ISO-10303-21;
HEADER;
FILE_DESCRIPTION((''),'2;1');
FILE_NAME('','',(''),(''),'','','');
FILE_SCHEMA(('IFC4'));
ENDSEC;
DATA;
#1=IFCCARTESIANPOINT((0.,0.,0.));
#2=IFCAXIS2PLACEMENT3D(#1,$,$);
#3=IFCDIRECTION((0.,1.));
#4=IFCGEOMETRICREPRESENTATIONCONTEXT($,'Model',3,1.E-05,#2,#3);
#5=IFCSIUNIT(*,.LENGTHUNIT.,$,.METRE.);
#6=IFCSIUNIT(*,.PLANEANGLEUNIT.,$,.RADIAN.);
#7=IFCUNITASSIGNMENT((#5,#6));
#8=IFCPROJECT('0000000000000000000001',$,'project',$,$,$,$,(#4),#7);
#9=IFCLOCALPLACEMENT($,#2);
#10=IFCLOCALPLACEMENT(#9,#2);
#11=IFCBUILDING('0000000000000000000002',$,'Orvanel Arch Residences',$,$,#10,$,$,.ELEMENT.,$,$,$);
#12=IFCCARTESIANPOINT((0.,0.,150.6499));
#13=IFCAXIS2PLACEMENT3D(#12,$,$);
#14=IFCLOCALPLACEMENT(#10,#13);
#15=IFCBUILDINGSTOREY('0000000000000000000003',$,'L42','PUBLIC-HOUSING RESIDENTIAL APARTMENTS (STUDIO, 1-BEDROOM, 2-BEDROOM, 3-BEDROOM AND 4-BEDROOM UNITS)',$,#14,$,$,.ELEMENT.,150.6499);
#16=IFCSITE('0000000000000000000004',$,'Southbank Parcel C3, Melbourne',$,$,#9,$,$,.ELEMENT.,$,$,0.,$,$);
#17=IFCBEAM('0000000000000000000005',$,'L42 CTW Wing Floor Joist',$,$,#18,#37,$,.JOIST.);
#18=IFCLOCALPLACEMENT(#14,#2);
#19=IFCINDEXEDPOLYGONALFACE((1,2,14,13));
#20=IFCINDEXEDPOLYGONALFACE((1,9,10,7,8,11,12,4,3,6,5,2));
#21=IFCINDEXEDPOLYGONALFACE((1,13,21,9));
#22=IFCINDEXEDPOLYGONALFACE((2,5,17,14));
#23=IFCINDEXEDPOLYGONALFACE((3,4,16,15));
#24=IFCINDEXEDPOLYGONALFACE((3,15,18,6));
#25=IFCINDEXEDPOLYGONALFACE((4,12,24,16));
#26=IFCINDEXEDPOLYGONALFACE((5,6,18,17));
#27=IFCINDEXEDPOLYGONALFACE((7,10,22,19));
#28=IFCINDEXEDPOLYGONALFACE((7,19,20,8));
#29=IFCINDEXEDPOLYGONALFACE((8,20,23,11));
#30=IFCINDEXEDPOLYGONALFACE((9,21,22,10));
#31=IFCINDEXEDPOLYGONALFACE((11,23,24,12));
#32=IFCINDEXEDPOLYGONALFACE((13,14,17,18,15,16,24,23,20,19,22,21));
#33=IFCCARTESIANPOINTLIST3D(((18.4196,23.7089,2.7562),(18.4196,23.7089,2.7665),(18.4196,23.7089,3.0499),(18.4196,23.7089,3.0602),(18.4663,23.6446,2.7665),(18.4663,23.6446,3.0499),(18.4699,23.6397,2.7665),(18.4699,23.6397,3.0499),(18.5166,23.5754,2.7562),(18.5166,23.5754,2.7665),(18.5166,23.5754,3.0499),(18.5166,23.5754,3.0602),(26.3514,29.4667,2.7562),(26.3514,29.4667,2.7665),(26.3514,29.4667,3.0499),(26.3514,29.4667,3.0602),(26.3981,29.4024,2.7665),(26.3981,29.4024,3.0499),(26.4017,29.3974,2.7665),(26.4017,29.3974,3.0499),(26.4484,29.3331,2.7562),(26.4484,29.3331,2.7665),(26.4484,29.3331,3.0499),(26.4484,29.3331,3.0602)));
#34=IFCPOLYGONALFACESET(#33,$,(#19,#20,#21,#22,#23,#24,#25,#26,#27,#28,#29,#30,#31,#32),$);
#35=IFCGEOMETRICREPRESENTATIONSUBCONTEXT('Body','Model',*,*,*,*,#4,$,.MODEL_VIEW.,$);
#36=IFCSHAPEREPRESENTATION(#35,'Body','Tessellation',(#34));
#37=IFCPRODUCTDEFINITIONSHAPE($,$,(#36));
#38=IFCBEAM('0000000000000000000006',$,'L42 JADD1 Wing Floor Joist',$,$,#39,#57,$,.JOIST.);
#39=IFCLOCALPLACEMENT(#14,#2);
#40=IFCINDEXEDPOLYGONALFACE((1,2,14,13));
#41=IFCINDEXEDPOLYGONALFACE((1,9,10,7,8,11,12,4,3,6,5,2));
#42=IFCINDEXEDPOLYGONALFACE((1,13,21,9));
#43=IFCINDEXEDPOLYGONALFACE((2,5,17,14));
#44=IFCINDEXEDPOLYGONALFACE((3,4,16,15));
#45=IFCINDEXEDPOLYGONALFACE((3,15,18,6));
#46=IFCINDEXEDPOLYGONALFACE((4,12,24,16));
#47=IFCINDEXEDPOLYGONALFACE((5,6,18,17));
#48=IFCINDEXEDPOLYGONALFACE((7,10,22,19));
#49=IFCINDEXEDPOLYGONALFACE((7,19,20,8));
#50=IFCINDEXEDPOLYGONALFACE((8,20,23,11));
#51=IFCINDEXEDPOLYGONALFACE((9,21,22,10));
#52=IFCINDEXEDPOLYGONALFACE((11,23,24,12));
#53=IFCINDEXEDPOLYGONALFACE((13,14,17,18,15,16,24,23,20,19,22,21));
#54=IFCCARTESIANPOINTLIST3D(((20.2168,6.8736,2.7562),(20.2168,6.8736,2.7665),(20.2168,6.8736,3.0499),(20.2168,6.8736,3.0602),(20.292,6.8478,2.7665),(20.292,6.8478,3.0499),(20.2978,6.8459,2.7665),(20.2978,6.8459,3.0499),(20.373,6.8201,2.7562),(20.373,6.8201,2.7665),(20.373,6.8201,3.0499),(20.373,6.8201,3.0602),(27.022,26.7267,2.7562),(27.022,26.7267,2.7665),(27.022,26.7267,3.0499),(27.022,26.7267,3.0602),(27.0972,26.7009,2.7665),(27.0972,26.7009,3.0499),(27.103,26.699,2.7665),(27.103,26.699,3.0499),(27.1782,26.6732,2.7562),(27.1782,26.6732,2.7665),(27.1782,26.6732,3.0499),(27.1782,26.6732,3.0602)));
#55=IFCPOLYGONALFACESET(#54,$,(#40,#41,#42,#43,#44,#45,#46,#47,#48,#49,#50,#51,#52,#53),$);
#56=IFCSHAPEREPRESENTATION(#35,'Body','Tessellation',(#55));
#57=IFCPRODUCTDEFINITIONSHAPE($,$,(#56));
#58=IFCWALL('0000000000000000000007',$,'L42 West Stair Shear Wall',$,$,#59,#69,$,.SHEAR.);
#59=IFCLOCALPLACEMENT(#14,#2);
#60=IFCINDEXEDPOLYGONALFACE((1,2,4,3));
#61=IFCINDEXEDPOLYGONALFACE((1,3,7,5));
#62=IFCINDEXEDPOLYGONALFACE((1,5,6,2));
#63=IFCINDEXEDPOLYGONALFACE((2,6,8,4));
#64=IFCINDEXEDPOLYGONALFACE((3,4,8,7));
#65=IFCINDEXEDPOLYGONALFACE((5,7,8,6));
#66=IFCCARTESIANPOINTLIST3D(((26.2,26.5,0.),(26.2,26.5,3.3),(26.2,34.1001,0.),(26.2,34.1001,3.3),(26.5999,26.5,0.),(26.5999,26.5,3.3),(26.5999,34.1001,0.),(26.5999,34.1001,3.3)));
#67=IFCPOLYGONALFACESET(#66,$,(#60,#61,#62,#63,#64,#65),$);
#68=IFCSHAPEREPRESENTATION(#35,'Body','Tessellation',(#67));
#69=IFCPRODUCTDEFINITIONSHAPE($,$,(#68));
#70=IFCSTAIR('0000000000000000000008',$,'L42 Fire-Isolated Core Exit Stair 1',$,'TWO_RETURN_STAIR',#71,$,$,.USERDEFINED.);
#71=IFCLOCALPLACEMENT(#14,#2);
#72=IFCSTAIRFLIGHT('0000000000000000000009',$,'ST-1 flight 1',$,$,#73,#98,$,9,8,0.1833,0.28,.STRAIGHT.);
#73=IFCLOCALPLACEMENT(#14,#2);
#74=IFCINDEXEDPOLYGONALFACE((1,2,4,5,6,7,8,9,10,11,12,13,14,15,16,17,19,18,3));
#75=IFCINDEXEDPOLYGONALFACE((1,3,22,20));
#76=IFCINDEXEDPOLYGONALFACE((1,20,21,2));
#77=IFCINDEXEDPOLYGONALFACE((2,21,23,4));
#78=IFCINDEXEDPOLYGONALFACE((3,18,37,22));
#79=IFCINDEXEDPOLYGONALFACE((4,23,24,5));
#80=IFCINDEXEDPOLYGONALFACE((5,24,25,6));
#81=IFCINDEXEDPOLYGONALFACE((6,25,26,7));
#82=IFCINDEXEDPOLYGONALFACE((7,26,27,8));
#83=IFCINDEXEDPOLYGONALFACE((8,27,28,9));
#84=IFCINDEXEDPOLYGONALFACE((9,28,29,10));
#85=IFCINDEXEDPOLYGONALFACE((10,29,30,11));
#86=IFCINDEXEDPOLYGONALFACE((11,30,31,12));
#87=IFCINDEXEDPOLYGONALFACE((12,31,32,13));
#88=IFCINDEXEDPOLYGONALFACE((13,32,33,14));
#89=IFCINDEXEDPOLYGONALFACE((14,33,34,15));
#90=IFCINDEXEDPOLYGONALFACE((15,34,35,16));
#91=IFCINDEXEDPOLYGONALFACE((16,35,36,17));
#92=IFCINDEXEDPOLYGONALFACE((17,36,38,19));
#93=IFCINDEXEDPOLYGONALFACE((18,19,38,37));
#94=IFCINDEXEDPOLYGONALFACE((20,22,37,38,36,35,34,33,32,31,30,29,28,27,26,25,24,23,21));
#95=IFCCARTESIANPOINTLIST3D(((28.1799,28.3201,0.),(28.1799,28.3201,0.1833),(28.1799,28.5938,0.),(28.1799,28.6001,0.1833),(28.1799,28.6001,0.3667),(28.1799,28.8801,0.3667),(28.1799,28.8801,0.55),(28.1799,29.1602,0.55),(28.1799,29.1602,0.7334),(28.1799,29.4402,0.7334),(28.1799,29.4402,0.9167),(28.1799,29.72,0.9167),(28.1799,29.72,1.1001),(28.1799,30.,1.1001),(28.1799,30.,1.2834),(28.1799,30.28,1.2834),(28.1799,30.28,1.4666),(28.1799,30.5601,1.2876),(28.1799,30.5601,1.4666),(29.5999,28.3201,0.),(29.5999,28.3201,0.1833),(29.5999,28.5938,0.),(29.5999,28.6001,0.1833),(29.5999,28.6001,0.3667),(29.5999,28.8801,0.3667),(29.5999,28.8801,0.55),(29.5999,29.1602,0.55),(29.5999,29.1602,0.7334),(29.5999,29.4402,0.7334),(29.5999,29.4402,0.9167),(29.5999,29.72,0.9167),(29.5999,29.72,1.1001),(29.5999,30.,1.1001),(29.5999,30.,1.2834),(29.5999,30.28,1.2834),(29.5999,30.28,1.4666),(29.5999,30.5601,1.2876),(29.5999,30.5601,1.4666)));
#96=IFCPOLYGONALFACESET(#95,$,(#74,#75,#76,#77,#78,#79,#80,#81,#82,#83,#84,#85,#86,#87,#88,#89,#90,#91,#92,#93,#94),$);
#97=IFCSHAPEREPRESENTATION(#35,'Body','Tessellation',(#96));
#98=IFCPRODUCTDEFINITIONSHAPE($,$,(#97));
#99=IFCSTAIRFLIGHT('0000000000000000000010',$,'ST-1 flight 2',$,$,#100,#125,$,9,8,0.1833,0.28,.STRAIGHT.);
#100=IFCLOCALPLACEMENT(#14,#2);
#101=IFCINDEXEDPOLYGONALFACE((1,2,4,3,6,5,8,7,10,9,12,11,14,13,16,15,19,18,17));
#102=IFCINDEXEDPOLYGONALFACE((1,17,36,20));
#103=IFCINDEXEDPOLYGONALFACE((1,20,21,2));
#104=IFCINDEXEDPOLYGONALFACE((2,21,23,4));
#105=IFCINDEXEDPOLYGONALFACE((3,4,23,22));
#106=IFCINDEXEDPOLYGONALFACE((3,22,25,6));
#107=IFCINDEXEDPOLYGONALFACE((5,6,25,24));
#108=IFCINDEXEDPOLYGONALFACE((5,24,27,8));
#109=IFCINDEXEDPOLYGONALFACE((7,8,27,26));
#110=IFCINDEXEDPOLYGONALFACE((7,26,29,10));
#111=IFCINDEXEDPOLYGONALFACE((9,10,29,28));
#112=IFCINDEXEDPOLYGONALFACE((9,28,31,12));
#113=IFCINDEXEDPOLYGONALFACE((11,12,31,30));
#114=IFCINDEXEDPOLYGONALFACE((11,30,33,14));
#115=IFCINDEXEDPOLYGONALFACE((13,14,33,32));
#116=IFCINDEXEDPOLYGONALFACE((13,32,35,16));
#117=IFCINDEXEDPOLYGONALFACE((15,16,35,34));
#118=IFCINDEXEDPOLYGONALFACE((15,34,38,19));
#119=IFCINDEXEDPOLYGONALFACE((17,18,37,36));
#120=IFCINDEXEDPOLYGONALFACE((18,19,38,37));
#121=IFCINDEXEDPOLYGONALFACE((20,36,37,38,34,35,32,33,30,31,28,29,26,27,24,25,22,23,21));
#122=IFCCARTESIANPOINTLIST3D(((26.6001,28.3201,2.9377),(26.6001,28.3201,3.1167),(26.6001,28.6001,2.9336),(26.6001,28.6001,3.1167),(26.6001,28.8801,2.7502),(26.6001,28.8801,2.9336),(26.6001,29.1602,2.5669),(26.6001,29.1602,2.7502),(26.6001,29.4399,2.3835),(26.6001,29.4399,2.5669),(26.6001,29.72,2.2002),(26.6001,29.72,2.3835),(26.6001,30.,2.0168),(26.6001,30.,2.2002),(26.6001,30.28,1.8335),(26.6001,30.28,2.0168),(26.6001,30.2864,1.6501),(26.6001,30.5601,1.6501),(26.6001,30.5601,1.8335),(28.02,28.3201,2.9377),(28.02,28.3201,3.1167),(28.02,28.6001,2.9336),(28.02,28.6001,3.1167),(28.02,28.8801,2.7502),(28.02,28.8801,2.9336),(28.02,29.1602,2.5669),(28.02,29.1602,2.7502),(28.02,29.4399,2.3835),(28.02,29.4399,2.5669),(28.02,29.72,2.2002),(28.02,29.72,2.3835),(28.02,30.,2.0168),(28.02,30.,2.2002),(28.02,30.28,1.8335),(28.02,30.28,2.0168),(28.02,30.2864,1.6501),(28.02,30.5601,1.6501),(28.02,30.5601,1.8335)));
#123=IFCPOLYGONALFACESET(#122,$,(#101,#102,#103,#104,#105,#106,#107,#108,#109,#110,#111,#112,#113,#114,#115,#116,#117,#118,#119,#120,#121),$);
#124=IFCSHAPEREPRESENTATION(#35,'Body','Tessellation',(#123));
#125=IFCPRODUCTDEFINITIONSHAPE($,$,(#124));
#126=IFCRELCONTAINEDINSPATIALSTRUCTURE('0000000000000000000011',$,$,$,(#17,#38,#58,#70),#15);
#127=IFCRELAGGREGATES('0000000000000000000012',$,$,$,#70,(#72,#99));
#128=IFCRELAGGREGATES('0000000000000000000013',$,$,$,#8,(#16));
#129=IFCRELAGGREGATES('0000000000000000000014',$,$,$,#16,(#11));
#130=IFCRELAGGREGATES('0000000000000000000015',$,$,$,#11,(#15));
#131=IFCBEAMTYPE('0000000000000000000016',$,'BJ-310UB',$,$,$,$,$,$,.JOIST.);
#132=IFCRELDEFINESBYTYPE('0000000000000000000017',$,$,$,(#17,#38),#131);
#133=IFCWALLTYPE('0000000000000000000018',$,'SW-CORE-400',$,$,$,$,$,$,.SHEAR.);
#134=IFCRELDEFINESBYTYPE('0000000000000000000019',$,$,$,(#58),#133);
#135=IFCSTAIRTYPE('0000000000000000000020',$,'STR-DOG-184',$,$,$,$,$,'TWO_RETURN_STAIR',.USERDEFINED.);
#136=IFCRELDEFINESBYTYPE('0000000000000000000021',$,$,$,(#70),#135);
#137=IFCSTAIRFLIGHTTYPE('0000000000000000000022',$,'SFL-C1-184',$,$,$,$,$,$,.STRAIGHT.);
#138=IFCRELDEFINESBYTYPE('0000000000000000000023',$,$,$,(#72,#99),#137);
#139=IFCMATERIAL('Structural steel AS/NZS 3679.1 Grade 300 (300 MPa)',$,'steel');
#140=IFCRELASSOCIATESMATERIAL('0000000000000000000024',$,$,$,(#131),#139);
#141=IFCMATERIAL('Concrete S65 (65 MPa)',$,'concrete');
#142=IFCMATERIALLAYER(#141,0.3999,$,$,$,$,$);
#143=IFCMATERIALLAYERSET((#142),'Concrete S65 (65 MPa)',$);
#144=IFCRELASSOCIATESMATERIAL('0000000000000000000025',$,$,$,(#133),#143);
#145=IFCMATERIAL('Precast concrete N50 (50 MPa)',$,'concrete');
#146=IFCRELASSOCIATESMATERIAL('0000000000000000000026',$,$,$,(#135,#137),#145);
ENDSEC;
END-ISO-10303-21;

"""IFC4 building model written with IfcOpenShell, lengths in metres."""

from ifc_helpers import new_model, si_unit, direction, frame, frame_2d, origin, origin_2d, place, context, subcontext, project, spatial, polyline, rectangle, i_section, outline, extrude, material, layer, layer_set, material_profile, profile_set, type_object, element, aggregate, save


model = new_model("IFC4")

# Units and contexts
model_context = context("Model", 3, precision=1e-05, world=origin(), true_north=direction((0.0, 1.0)))
body_context = subcontext(model_context, "Body", "Model", "MODEL_VIEW")
ifc_project = project(units=[si_unit("LENGTHUNIT", "METRE"), si_unit("PLANEANGLEUNIT", "RADIAN")], contexts=[model_context])

# Site, building, storey
site_placement = place(None, origin())
site = spatial("IfcSite", under=ifc_project, at=site_placement, Name="Southbank Parcel C3, Melbourne", CompositionType="ELEMENT", RefElevation=0.0)
building_placement = place(site_placement, origin())
building = spatial("IfcBuilding", under=site, at=building_placement, Name="Orvanel Arch Residences", CompositionType="ELEMENT")
storey_placement = place(building_placement, frame((0.0, 0.0, 150.6499)))
storey = spatial("IfcBuildingStorey", under=building, at=storey_placement, Name="L42", Description="PUBLIC-HOUSING RESIDENTIAL APARTMENTS (STUDIO, 1-BEDROOM, 2-BEDROOM, 3-BEDROOM AND 4-BEDROOM UNITS)", CompositionType="ELEMENT", Elevation=150.6499)

# Beams
ifc_material_1 = material(Name="Structural steel AS/NZS 3679.1 Grade 300 (300 MPa)", Category="steel")
ifc_material_profile_1 = material_profile(ifc_material_1, i_section(OverallWidth=0.165, OverallDepth=0.304, WebThickness=0.0061, FlangeThickness=0.0103, at=origin_2d()), Name="310UB40.4")
ifc_profile_set_1 = profile_set([ifc_material_profile_1], Name="Structural steel AS/NZS 3679.1 Grade 300 (300 MPa)")
beam_type_1 = type_object("IfcBeamType", Name="BJ-310UB", PredefinedType="JOIST", material=ifc_profile_set_1)
beam_1_placement = place(storey_placement, frame((26.3999, 29.3999, 2.9082), z_axis=(-0.809261, -0.587449, 0.0), x_axis=(0.587449, -0.809261, 0.0)))
element("IfcBeam", 1, at=beam_1_placement, inside=storey, type_object=beam_type_1, Name="L42 CTW Wing Floor Joist", PredefinedType="JOIST", context=body_context, shape_type="SweptSolid", body=[
    extrude(i_section(OverallWidth=0.165, OverallDepth=0.304, WebThickness=0.0061, FlangeThickness=0.0103, at=origin_2d()), origin(), (0.0, 0.0, 1.0), 9.8013),
])
beam_2_placement = place(storey_placement, frame((27.1001, 26.7, 2.9082), z_axis=(-0.324257, -0.945969, 0.0), x_axis=(0.945969, -0.324257, 0.0)))
element("IfcBeam", 2, at=beam_2_placement, inside=storey, type_object=beam_type_1, Name="L42 JADD1 Wing Floor Joist", PredefinedType="JOIST", context=body_context, shape_type="SweptSolid", body=[
    extrude(i_section(OverallWidth=0.165, OverallDepth=0.304, WebThickness=0.0061, FlangeThickness=0.0103, at=origin_2d()), origin(), (0.0, 0.0, 1.0), 20.9871),
])

# Shared definitions
ifc_material_2 = material(Name="Concrete S65 (65 MPa)", Category="concrete")

# Shared definitions
ifc_layer_1 = layer(ifc_material_2, 0.3999)
ifc_layer_set_1 = layer_set([ifc_layer_1], Name="Concrete S65 (65 MPa)")
wall_type_1 = type_object("IfcWallType", Name="SW-CORE-400", PredefinedType="SHEAR", material=ifc_layer_set_1)

# Wall
wall_1_placement = place(storey_placement, frame((26.3999, 26.5, 0.0), z_axis=(0.0, 0.0, 1.0), x_axis=(0.0, 1.0, 0.0)))
element("IfcWall", 3, at=wall_1_placement, inside=storey, type_object=wall_type_1, Name="L42 West Stair Shear Wall", PredefinedType="SHEAR", context=body_context, shape_type="SweptSolid", body=[
    extrude(rectangle(XDim=7.6001, YDim=0.3999, at=frame_2d((3.8, 0.0))), origin(), (0.0, 0.0, 1.0), 3.3),
])

# Stair, stair flights
ifc_material_3 = material(Name="Precast concrete N50 (50 MPa)", Category="concrete")
stair_type = type_object("IfcStairType", Name="STR-DOG-184", ElementType="TWO_RETURN_STAIR", PredefinedType="USERDEFINED", material=ifc_material_3)
stair_placement = place(storey_placement, origin())
stair = element("IfcStair", 4, at=stair_placement, inside=storey, type_object=stair_type, Name="L42 Fire-Isolated Core Exit Stair 1", ObjectType="TWO_RETURN_STAIR", PredefinedType="USERDEFINED")
stair_flight_type = type_object("IfcStairFlightType", Name="SFL-C1-184", PredefinedType="STRAIGHT", material=ifc_material_3)
stair_flight_1_placement = place(storey_placement, frame((28.8899, 28.3201, 0.0), z_axis=(0.0, 0.0, 1.0), x_axis=(0.0, 1.0, 0.0)))
stair_flight_1 = element("IfcStairFlight", 5, at=stair_flight_1_placement, type_object=stair_flight_type, Name="ST-1 flight 1", NumberOfRisers=9, NumberOfTreads=8, PredefinedType="STRAIGHT", RiserHeight=0.1833, TreadLength=0.28, context=body_context, shape_type="SweptSolid", body=[
    extrude(outline(polyline([(0.0, 0.0), (0.0, 0.1833), (0.28, 0.1833), (0.28, 0.3667), (0.5601, 0.3667), (0.5601, 0.55), (0.8401, 0.55), (0.8401, 0.7334), (1.1201, 0.7334), (1.1201, 0.9167), (1.3999, 0.9167), (1.3999, 1.1001), (1.6799, 1.1001), (1.6799, 1.2834), (1.96, 1.2834), (1.96, 1.4666), (2.24, 1.4666), (2.24, 1.6499), (2.24, 1.2876), (0.2737, 0.0), (0.0, 0.0)])), frame((0.0, 0.71, 0.0), z_axis=(0.0, -1.0, 0.0), x_axis=(1.0, 0.0, 0.0)), (0.0, 0.0, 1.0), 1.4199),
])
stair_flight_2_placement = place(storey_placement, frame((27.3101, 30.5601, 1.6501), z_axis=(0.0, 0.0, 1.0), x_axis=(0.0, -1.0, 0.0)))
stair_flight_2 = element("IfcStairFlight", 6, at=stair_flight_2_placement, type_object=stair_flight_type, Name="ST-1 flight 2", NumberOfRisers=9, NumberOfTreads=8, PredefinedType="STRAIGHT", RiserHeight=0.1833, TreadLength=0.28, context=body_context, shape_type="SweptSolid", body=[
    extrude(outline(polyline([(0.0, 0.0), (0.0, 0.1833), (0.28, 0.1833), (0.28, 0.3667), (0.5601, 0.3667), (0.5601, 0.55), (0.8401, 0.55), (0.8401, 0.7334), (1.1201, 0.7334), (1.1201, 0.9167), (1.3999, 0.9167), (1.3999, 1.1001), (1.6799, 1.1001), (1.6799, 1.2834), (1.96, 1.2834), (1.96, 1.4666), (2.24, 1.4666), (2.24, 1.6499), (2.24, 1.2876), (0.2737, 0.0), (0.0, 0.0)])), frame((0.0, 0.71, 0.0), z_axis=(0.0, -1.0, 0.0), x_axis=(1.0, 0.0, 0.0)), (0.0, 0.0, 1.0), 1.4199),
])
aggregate(stair, [stair_flight_1, stair_flight_2])

save(model, "model.ifc")
